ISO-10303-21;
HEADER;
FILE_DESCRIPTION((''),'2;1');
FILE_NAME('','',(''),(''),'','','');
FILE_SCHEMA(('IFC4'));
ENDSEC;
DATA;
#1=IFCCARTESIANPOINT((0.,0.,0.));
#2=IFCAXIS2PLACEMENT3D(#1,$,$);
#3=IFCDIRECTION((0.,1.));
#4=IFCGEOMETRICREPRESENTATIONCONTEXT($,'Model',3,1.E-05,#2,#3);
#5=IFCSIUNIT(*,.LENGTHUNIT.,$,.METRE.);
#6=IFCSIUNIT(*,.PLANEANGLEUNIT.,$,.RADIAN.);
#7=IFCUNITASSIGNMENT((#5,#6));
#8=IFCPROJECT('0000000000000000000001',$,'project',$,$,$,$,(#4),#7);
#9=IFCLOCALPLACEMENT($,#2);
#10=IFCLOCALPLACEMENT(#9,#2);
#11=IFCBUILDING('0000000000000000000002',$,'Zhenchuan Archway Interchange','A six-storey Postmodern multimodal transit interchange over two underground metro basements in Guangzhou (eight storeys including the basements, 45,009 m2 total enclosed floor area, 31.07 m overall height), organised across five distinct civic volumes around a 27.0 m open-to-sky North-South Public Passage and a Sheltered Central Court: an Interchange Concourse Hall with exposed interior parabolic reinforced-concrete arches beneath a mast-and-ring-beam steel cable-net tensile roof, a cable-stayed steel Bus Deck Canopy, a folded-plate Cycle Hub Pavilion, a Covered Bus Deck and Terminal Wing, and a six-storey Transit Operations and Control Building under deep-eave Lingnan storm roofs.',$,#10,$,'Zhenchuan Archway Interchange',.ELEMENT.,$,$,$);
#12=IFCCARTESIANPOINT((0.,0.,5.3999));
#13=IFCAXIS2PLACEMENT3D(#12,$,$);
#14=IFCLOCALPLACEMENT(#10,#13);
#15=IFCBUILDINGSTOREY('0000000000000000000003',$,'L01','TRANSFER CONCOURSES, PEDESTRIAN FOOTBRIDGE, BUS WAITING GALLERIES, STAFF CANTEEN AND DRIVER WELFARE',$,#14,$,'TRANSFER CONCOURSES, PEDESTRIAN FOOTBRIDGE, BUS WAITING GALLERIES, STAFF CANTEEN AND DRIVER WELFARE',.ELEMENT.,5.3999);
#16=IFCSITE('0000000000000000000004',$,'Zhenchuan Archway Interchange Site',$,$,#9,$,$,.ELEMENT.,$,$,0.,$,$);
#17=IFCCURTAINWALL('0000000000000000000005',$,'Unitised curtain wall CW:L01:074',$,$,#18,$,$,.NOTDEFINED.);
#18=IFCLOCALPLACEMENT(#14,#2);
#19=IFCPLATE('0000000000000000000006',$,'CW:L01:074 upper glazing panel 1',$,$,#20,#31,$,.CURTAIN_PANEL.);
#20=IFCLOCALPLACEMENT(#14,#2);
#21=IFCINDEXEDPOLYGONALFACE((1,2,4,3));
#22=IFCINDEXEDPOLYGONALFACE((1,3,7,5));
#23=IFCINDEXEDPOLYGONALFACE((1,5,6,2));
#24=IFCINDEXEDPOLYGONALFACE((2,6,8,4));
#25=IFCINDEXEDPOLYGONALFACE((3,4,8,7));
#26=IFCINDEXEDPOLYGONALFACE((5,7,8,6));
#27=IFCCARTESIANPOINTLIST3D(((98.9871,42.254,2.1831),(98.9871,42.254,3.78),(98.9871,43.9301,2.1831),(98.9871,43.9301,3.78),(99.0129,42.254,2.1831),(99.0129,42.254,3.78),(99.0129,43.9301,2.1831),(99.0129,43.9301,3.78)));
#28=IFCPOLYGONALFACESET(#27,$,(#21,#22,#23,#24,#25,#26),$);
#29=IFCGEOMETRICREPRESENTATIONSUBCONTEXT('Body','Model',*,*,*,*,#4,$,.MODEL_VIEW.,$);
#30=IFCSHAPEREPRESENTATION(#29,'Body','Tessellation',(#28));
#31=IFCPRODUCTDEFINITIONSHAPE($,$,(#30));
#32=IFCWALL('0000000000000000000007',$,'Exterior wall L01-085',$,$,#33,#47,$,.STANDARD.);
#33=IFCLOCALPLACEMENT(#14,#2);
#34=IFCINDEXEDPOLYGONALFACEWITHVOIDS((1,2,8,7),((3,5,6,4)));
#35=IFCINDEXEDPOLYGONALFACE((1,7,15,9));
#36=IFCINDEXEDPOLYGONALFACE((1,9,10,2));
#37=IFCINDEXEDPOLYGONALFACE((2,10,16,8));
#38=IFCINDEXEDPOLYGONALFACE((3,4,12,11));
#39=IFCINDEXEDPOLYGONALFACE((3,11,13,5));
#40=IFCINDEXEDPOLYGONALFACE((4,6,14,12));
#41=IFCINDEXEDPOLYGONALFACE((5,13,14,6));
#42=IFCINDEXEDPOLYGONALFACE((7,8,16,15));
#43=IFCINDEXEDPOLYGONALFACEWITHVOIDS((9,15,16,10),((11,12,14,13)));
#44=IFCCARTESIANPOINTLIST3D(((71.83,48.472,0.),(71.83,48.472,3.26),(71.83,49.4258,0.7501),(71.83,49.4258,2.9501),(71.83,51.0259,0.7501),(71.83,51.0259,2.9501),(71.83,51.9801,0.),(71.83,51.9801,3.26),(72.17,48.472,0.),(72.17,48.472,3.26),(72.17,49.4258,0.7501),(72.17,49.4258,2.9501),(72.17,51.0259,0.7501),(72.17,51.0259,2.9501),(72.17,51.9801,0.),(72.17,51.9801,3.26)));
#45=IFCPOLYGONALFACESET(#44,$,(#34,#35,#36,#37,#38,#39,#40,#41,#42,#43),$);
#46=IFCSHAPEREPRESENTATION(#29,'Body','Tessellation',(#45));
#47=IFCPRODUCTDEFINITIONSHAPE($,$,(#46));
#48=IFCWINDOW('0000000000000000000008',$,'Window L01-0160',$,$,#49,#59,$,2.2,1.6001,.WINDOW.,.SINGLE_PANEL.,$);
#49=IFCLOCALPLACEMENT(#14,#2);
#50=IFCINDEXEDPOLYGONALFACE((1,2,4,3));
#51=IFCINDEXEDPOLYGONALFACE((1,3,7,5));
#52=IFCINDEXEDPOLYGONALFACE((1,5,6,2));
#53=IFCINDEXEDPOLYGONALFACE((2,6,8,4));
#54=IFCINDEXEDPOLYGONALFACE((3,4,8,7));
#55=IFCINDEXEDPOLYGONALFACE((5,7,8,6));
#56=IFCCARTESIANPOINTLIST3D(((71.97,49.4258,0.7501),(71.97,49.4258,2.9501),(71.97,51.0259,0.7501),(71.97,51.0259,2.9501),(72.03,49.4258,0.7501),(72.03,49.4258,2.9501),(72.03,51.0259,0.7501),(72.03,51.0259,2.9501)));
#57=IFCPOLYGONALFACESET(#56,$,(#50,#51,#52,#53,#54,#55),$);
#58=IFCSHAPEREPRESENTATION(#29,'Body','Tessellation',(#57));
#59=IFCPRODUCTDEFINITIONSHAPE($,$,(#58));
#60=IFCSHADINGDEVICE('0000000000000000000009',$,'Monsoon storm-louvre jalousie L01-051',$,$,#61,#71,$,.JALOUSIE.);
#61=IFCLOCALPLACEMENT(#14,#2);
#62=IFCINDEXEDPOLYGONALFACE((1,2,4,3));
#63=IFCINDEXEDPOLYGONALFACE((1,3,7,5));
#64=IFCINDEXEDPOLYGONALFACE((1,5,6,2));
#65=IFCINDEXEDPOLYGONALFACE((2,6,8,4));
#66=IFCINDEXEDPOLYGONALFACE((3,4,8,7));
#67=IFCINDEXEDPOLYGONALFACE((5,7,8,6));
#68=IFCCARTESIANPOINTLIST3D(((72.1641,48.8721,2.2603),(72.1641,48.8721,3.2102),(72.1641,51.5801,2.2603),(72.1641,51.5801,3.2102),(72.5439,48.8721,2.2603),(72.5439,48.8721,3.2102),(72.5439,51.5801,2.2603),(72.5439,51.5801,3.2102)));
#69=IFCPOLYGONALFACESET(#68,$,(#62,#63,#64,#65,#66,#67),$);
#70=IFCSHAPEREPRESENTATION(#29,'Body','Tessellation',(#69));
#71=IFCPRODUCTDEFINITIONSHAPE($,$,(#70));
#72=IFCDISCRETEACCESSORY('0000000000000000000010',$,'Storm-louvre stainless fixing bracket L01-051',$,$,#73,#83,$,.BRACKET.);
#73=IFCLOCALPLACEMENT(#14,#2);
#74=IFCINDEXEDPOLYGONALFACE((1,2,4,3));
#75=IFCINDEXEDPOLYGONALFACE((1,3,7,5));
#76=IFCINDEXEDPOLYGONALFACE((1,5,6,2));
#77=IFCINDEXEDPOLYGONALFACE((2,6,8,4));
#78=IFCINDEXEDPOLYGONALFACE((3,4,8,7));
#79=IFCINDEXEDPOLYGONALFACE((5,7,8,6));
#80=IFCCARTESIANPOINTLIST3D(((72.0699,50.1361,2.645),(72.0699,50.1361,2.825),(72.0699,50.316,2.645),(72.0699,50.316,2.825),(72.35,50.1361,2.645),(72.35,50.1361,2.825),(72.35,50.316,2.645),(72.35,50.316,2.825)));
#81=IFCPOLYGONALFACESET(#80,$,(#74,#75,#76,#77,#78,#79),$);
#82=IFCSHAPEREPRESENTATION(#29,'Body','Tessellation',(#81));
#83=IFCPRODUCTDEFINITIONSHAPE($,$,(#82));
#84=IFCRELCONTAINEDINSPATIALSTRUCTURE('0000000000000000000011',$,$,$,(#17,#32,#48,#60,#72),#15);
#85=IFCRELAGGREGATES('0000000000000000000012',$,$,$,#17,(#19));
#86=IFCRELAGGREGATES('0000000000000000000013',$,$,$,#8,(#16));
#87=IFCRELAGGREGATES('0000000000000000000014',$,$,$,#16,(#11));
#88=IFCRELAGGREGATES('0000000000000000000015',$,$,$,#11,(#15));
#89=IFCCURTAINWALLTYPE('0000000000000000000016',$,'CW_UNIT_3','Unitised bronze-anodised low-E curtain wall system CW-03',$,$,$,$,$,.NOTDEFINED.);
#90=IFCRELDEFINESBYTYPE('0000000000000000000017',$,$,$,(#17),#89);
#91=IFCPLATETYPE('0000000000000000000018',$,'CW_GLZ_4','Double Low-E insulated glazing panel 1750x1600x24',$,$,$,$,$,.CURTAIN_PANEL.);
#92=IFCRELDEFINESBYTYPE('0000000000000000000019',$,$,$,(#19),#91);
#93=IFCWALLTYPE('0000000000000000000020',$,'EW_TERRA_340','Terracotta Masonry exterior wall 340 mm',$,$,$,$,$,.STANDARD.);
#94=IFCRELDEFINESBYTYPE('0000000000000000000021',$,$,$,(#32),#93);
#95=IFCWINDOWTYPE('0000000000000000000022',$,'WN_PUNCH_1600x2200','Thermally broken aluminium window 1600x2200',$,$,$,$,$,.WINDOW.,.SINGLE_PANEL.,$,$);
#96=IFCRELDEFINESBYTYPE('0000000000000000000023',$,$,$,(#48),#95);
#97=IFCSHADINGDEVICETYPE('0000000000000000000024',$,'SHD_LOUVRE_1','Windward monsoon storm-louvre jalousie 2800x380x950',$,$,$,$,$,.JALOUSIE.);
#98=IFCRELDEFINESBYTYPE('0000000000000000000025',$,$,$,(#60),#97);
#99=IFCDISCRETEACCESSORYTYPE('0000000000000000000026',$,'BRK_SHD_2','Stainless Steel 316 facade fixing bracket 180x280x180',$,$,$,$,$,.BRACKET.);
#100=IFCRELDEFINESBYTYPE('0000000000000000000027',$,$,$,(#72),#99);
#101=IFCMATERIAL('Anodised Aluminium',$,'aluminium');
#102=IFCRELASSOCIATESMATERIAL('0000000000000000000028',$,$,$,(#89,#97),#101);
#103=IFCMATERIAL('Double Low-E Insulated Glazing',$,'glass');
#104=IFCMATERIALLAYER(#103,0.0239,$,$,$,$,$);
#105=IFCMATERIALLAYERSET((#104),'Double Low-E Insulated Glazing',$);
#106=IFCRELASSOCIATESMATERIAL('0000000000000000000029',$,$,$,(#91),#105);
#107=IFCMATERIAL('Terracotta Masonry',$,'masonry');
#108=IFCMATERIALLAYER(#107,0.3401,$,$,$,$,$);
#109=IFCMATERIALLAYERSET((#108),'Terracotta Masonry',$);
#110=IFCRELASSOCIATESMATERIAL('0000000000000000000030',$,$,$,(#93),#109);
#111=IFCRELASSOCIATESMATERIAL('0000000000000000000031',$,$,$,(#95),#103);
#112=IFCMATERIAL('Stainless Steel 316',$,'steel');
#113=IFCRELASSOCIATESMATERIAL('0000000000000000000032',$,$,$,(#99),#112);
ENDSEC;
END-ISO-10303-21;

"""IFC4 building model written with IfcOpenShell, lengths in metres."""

from ifc_helpers import new_model, si_unit, direction, frame, frame_2d, origin, origin_2d, place, context, subcontext, project, spatial, rectangle, extrude, material, layer, layer_set, type_object, element, fill, aggregate, save


model = new_model("IFC4")

# Units and contexts
model_context = context("Model", 3, precision=1e-05, world=origin(), true_north=direction((0.0, 1.0)))
body_context = subcontext(model_context, "Body", "Model", "MODEL_VIEW")
ifc_project = project(units=[si_unit("LENGTHUNIT", "METRE"), si_unit("PLANEANGLEUNIT", "RADIAN")], contexts=[model_context])

# Site, building, storey
site_placement = place(None, origin())
site = spatial("IfcSite", under=ifc_project, at=site_placement, Name="Zhenchuan Archway Interchange Site", CompositionType="ELEMENT", RefElevation=0.0)
building_placement = place(site_placement, origin())
building = spatial("IfcBuilding", under=site, at=building_placement, Name="Zhenchuan Archway Interchange", Description="A six-storey Postmodern multimodal transit interchange over two underground metro basements in Guangzhou (eight storeys including the basements, 45,009 m2 total enclosed floor area, 31.07 m overall height), organised across five distinct civic volumes around a 27.0 m open-to-sky North-South Public Passage and a Sheltered Central Court: an Interchange Concourse Hall with exposed interior parabolic reinforced-concrete arches beneath a mast-and-ring-beam steel cable-net tensile roof, a cable-stayed steel Bus Deck Canopy, a folded-plate Cycle Hub Pavilion, a Covered Bus Deck and Terminal Wing, and a six-storey Transit Operations and Control Building under deep-eave Lingnan storm roofs.", LongName="Zhenchuan Archway Interchange", CompositionType="ELEMENT")
storey_placement = place(building_placement, frame((0.0, 0.0, 5.3999)))
storey = spatial("IfcBuildingStorey", under=building, at=storey_placement, Name="L01", Description="TRANSFER CONCOURSES, PEDESTRIAN FOOTBRIDGE, BUS WAITING GALLERIES, STAFF CANTEEN AND DRIVER WELFARE", LongName="TRANSFER CONCOURSES, PEDESTRIAN FOOTBRIDGE, BUS WAITING GALLERIES, STAFF CANTEEN AND DRIVER WELFARE", CompositionType="ELEMENT", Elevation=5.3999)

# Curtain wall
ifc_material_1 = material(Name="Anodised Aluminium", Category="aluminium")
curtain_wall_type_1 = type_object("IfcCurtainWallType", Name="CW_UNIT_3", Description="Unitised bronze-anodised low-E curtain wall system CW-03", PredefinedType="NOTDEFINED", material=ifc_material_1)
curtain_wall_1_placement = place(storey_placement, origin())
curtain_wall_1 = element("IfcCurtainWall", 1, at=curtain_wall_1_placement, inside=storey, type_object=curtain_wall_type_1, Name="Unitised curtain wall CW:L01:074", PredefinedType="NOTDEFINED")

# Plate
ifc_material_2 = material(Name="Double Low-E Insulated Glazing", Category="glass")
ifc_layer_1 = layer(ifc_material_2, 0.0239)
ifc_layer_set_1 = layer_set([ifc_layer_1], Name="Double Low-E Insulated Glazing")
plate_type_1 = type_object("IfcPlateType", Name="CW_GLZ_4", Description="Double Low-E insulated glazing panel 1750x1600x24", PredefinedType="CURTAIN_PANEL", material=ifc_layer_set_1)
plate_1_placement = place(storey_placement, frame((99.0, 43.092, 2.1831), z_axis=(0.0, 0.0, 1.0), x_axis=(0.0, 1.0, 0.0)))
plate_1 = element("IfcPlate", 2, at=plate_1_placement, type_object=plate_type_1, Name="CW:L01:074 upper glazing panel 1", PredefinedType="CURTAIN_PANEL", context=body_context, shape_type="SweptSolid", body=[
    extrude(rectangle(XDim=1.676, YDim=0.0259, at=origin_2d()), origin(), (0.0, 0.0, 1.0), 1.5969),
])
aggregate(curtain_wall_1, [plate_1])

# Wall, opening, window
ifc_material_3 = material(Name="Terracotta Masonry", Category="masonry")
ifc_layer_2 = layer(ifc_material_3, 0.3401)
ifc_layer_set_2 = layer_set([ifc_layer_2], Name="Terracotta Masonry")
wall_type = type_object("IfcWallType", Name="EW_TERRA_340", Description="Terracotta Masonry exterior wall 340 mm", PredefinedType="STANDARD", material=ifc_layer_set_2)
wall_placement = place(storey_placement, frame((72.0, 51.98, 0.0), z_axis=(0.0, 0.0, 1.0), x_axis=(0.0, -1.0, 0.0)))
wall = element("IfcWall", 3, at=wall_placement, inside=storey, type_object=wall_type, Name="Exterior wall L01-085", PredefinedType="STANDARD", context=body_context, shape_type="SweptSolid", body=[
    extrude(rectangle(XDim=3.5081, YDim=0.3401, at=frame_2d((1.7539, 0.0))), origin(), (0.0, 0.0, 1.0), 3.26),
])
opening_placement = place(wall_placement, frame((0.9541, 0.0, 0.75)))
opening = element("IfcOpeningElement", 4, at=opening_placement, cuts=wall, PredefinedType="OPENING", context=body_context, shape_type="SweptSolid", body=[
    extrude(rectangle(XDim=1.6001, YDim=2.2, at=frame_2d((0.8, 1.1001))), frame((0.0, 0.1821, 0.0), z_axis=(0.0, -1.0, 0.0), x_axis=(1.0, 0.0, 0.0)), (0.0, 0.0, 1.0), 0.364),
])
window_type = type_object("IfcWindowType", Name="WN_PUNCH_1600x2200", Description="Thermally broken aluminium window 1600x2200", PartitioningType="SINGLE_PANEL", PredefinedType="WINDOW", material=ifc_material_2)
window_placement = place(opening_placement, origin())
window = element("IfcWindow", 5, at=window_placement, inside=storey, type_object=window_type, Name="Window L01-0160", OverallHeight=2.2, OverallWidth=1.6001, PartitioningType="SINGLE_PANEL", PredefinedType="WINDOW", context=body_context, shape_type="SweptSolid", body=[
    extrude(rectangle(XDim=1.6001, YDim=2.2, at=frame_2d((0.8, 1.1001))), frame((0.0, 0.03, 0.0), z_axis=(0.0, -1.0, 0.0), x_axis=(1.0, 0.0, 0.0)), (0.0, 0.0, 1.0), 0.0601),
])
fill(opening, window)

# Shading device
shading_device_type = type_object("IfcShadingDeviceType", Name="SHD_LOUVRE_1", Description="Windward monsoon storm-louvre jalousie 2800x380x950", PredefinedType="JALOUSIE", material=ifc_material_1)
shading_device_placement = place(storey_placement, frame((72.354, 50.2261, 2.2603), z_axis=(0.0, 0.0, 1.0), x_axis=(0.0, -1.0, 0.0)))
element("IfcShadingDevice", 6, at=shading_device_placement, inside=storey, type_object=shading_device_type, Name="Monsoon storm-louvre jalousie L01-051", PredefinedType="JALOUSIE", context=body_context, shape_type="SweptSolid", body=[
    extrude(rectangle(XDim=2.708, YDim=0.3799, at=origin_2d()), origin(), (0.0, 0.0, 1.0), 0.95),
])

# Discrete accessory
ifc_material_4 = material(Name="Stainless Steel 316", Category="steel")
discrete_accessory_type = type_object("IfcDiscreteAccessoryType", Name="BRK_SHD_2", Description="Stainless Steel 316 facade fixing bracket 180x280x180", PredefinedType="BRACKET", material=ifc_material_4)
discrete_accessory_placement = place(storey_placement, frame((72.21, 50.2261, 2.645), z_axis=(0.0, 0.0, 1.0), x_axis=(0.0, -1.0, 0.0)))
element("IfcDiscreteAccessory", 7, at=discrete_accessory_placement, inside=storey, type_object=discrete_accessory_type, Name="Storm-louvre stainless fixing bracket L01-051", PredefinedType="BRACKET", context=body_context, shape_type="SweptSolid", body=[
    extrude(rectangle(XDim=0.1799, YDim=0.28, at=origin_2d()), origin(), (0.0, 0.0, 1.0), 0.1799),
])

save(model, "model.ifc")
